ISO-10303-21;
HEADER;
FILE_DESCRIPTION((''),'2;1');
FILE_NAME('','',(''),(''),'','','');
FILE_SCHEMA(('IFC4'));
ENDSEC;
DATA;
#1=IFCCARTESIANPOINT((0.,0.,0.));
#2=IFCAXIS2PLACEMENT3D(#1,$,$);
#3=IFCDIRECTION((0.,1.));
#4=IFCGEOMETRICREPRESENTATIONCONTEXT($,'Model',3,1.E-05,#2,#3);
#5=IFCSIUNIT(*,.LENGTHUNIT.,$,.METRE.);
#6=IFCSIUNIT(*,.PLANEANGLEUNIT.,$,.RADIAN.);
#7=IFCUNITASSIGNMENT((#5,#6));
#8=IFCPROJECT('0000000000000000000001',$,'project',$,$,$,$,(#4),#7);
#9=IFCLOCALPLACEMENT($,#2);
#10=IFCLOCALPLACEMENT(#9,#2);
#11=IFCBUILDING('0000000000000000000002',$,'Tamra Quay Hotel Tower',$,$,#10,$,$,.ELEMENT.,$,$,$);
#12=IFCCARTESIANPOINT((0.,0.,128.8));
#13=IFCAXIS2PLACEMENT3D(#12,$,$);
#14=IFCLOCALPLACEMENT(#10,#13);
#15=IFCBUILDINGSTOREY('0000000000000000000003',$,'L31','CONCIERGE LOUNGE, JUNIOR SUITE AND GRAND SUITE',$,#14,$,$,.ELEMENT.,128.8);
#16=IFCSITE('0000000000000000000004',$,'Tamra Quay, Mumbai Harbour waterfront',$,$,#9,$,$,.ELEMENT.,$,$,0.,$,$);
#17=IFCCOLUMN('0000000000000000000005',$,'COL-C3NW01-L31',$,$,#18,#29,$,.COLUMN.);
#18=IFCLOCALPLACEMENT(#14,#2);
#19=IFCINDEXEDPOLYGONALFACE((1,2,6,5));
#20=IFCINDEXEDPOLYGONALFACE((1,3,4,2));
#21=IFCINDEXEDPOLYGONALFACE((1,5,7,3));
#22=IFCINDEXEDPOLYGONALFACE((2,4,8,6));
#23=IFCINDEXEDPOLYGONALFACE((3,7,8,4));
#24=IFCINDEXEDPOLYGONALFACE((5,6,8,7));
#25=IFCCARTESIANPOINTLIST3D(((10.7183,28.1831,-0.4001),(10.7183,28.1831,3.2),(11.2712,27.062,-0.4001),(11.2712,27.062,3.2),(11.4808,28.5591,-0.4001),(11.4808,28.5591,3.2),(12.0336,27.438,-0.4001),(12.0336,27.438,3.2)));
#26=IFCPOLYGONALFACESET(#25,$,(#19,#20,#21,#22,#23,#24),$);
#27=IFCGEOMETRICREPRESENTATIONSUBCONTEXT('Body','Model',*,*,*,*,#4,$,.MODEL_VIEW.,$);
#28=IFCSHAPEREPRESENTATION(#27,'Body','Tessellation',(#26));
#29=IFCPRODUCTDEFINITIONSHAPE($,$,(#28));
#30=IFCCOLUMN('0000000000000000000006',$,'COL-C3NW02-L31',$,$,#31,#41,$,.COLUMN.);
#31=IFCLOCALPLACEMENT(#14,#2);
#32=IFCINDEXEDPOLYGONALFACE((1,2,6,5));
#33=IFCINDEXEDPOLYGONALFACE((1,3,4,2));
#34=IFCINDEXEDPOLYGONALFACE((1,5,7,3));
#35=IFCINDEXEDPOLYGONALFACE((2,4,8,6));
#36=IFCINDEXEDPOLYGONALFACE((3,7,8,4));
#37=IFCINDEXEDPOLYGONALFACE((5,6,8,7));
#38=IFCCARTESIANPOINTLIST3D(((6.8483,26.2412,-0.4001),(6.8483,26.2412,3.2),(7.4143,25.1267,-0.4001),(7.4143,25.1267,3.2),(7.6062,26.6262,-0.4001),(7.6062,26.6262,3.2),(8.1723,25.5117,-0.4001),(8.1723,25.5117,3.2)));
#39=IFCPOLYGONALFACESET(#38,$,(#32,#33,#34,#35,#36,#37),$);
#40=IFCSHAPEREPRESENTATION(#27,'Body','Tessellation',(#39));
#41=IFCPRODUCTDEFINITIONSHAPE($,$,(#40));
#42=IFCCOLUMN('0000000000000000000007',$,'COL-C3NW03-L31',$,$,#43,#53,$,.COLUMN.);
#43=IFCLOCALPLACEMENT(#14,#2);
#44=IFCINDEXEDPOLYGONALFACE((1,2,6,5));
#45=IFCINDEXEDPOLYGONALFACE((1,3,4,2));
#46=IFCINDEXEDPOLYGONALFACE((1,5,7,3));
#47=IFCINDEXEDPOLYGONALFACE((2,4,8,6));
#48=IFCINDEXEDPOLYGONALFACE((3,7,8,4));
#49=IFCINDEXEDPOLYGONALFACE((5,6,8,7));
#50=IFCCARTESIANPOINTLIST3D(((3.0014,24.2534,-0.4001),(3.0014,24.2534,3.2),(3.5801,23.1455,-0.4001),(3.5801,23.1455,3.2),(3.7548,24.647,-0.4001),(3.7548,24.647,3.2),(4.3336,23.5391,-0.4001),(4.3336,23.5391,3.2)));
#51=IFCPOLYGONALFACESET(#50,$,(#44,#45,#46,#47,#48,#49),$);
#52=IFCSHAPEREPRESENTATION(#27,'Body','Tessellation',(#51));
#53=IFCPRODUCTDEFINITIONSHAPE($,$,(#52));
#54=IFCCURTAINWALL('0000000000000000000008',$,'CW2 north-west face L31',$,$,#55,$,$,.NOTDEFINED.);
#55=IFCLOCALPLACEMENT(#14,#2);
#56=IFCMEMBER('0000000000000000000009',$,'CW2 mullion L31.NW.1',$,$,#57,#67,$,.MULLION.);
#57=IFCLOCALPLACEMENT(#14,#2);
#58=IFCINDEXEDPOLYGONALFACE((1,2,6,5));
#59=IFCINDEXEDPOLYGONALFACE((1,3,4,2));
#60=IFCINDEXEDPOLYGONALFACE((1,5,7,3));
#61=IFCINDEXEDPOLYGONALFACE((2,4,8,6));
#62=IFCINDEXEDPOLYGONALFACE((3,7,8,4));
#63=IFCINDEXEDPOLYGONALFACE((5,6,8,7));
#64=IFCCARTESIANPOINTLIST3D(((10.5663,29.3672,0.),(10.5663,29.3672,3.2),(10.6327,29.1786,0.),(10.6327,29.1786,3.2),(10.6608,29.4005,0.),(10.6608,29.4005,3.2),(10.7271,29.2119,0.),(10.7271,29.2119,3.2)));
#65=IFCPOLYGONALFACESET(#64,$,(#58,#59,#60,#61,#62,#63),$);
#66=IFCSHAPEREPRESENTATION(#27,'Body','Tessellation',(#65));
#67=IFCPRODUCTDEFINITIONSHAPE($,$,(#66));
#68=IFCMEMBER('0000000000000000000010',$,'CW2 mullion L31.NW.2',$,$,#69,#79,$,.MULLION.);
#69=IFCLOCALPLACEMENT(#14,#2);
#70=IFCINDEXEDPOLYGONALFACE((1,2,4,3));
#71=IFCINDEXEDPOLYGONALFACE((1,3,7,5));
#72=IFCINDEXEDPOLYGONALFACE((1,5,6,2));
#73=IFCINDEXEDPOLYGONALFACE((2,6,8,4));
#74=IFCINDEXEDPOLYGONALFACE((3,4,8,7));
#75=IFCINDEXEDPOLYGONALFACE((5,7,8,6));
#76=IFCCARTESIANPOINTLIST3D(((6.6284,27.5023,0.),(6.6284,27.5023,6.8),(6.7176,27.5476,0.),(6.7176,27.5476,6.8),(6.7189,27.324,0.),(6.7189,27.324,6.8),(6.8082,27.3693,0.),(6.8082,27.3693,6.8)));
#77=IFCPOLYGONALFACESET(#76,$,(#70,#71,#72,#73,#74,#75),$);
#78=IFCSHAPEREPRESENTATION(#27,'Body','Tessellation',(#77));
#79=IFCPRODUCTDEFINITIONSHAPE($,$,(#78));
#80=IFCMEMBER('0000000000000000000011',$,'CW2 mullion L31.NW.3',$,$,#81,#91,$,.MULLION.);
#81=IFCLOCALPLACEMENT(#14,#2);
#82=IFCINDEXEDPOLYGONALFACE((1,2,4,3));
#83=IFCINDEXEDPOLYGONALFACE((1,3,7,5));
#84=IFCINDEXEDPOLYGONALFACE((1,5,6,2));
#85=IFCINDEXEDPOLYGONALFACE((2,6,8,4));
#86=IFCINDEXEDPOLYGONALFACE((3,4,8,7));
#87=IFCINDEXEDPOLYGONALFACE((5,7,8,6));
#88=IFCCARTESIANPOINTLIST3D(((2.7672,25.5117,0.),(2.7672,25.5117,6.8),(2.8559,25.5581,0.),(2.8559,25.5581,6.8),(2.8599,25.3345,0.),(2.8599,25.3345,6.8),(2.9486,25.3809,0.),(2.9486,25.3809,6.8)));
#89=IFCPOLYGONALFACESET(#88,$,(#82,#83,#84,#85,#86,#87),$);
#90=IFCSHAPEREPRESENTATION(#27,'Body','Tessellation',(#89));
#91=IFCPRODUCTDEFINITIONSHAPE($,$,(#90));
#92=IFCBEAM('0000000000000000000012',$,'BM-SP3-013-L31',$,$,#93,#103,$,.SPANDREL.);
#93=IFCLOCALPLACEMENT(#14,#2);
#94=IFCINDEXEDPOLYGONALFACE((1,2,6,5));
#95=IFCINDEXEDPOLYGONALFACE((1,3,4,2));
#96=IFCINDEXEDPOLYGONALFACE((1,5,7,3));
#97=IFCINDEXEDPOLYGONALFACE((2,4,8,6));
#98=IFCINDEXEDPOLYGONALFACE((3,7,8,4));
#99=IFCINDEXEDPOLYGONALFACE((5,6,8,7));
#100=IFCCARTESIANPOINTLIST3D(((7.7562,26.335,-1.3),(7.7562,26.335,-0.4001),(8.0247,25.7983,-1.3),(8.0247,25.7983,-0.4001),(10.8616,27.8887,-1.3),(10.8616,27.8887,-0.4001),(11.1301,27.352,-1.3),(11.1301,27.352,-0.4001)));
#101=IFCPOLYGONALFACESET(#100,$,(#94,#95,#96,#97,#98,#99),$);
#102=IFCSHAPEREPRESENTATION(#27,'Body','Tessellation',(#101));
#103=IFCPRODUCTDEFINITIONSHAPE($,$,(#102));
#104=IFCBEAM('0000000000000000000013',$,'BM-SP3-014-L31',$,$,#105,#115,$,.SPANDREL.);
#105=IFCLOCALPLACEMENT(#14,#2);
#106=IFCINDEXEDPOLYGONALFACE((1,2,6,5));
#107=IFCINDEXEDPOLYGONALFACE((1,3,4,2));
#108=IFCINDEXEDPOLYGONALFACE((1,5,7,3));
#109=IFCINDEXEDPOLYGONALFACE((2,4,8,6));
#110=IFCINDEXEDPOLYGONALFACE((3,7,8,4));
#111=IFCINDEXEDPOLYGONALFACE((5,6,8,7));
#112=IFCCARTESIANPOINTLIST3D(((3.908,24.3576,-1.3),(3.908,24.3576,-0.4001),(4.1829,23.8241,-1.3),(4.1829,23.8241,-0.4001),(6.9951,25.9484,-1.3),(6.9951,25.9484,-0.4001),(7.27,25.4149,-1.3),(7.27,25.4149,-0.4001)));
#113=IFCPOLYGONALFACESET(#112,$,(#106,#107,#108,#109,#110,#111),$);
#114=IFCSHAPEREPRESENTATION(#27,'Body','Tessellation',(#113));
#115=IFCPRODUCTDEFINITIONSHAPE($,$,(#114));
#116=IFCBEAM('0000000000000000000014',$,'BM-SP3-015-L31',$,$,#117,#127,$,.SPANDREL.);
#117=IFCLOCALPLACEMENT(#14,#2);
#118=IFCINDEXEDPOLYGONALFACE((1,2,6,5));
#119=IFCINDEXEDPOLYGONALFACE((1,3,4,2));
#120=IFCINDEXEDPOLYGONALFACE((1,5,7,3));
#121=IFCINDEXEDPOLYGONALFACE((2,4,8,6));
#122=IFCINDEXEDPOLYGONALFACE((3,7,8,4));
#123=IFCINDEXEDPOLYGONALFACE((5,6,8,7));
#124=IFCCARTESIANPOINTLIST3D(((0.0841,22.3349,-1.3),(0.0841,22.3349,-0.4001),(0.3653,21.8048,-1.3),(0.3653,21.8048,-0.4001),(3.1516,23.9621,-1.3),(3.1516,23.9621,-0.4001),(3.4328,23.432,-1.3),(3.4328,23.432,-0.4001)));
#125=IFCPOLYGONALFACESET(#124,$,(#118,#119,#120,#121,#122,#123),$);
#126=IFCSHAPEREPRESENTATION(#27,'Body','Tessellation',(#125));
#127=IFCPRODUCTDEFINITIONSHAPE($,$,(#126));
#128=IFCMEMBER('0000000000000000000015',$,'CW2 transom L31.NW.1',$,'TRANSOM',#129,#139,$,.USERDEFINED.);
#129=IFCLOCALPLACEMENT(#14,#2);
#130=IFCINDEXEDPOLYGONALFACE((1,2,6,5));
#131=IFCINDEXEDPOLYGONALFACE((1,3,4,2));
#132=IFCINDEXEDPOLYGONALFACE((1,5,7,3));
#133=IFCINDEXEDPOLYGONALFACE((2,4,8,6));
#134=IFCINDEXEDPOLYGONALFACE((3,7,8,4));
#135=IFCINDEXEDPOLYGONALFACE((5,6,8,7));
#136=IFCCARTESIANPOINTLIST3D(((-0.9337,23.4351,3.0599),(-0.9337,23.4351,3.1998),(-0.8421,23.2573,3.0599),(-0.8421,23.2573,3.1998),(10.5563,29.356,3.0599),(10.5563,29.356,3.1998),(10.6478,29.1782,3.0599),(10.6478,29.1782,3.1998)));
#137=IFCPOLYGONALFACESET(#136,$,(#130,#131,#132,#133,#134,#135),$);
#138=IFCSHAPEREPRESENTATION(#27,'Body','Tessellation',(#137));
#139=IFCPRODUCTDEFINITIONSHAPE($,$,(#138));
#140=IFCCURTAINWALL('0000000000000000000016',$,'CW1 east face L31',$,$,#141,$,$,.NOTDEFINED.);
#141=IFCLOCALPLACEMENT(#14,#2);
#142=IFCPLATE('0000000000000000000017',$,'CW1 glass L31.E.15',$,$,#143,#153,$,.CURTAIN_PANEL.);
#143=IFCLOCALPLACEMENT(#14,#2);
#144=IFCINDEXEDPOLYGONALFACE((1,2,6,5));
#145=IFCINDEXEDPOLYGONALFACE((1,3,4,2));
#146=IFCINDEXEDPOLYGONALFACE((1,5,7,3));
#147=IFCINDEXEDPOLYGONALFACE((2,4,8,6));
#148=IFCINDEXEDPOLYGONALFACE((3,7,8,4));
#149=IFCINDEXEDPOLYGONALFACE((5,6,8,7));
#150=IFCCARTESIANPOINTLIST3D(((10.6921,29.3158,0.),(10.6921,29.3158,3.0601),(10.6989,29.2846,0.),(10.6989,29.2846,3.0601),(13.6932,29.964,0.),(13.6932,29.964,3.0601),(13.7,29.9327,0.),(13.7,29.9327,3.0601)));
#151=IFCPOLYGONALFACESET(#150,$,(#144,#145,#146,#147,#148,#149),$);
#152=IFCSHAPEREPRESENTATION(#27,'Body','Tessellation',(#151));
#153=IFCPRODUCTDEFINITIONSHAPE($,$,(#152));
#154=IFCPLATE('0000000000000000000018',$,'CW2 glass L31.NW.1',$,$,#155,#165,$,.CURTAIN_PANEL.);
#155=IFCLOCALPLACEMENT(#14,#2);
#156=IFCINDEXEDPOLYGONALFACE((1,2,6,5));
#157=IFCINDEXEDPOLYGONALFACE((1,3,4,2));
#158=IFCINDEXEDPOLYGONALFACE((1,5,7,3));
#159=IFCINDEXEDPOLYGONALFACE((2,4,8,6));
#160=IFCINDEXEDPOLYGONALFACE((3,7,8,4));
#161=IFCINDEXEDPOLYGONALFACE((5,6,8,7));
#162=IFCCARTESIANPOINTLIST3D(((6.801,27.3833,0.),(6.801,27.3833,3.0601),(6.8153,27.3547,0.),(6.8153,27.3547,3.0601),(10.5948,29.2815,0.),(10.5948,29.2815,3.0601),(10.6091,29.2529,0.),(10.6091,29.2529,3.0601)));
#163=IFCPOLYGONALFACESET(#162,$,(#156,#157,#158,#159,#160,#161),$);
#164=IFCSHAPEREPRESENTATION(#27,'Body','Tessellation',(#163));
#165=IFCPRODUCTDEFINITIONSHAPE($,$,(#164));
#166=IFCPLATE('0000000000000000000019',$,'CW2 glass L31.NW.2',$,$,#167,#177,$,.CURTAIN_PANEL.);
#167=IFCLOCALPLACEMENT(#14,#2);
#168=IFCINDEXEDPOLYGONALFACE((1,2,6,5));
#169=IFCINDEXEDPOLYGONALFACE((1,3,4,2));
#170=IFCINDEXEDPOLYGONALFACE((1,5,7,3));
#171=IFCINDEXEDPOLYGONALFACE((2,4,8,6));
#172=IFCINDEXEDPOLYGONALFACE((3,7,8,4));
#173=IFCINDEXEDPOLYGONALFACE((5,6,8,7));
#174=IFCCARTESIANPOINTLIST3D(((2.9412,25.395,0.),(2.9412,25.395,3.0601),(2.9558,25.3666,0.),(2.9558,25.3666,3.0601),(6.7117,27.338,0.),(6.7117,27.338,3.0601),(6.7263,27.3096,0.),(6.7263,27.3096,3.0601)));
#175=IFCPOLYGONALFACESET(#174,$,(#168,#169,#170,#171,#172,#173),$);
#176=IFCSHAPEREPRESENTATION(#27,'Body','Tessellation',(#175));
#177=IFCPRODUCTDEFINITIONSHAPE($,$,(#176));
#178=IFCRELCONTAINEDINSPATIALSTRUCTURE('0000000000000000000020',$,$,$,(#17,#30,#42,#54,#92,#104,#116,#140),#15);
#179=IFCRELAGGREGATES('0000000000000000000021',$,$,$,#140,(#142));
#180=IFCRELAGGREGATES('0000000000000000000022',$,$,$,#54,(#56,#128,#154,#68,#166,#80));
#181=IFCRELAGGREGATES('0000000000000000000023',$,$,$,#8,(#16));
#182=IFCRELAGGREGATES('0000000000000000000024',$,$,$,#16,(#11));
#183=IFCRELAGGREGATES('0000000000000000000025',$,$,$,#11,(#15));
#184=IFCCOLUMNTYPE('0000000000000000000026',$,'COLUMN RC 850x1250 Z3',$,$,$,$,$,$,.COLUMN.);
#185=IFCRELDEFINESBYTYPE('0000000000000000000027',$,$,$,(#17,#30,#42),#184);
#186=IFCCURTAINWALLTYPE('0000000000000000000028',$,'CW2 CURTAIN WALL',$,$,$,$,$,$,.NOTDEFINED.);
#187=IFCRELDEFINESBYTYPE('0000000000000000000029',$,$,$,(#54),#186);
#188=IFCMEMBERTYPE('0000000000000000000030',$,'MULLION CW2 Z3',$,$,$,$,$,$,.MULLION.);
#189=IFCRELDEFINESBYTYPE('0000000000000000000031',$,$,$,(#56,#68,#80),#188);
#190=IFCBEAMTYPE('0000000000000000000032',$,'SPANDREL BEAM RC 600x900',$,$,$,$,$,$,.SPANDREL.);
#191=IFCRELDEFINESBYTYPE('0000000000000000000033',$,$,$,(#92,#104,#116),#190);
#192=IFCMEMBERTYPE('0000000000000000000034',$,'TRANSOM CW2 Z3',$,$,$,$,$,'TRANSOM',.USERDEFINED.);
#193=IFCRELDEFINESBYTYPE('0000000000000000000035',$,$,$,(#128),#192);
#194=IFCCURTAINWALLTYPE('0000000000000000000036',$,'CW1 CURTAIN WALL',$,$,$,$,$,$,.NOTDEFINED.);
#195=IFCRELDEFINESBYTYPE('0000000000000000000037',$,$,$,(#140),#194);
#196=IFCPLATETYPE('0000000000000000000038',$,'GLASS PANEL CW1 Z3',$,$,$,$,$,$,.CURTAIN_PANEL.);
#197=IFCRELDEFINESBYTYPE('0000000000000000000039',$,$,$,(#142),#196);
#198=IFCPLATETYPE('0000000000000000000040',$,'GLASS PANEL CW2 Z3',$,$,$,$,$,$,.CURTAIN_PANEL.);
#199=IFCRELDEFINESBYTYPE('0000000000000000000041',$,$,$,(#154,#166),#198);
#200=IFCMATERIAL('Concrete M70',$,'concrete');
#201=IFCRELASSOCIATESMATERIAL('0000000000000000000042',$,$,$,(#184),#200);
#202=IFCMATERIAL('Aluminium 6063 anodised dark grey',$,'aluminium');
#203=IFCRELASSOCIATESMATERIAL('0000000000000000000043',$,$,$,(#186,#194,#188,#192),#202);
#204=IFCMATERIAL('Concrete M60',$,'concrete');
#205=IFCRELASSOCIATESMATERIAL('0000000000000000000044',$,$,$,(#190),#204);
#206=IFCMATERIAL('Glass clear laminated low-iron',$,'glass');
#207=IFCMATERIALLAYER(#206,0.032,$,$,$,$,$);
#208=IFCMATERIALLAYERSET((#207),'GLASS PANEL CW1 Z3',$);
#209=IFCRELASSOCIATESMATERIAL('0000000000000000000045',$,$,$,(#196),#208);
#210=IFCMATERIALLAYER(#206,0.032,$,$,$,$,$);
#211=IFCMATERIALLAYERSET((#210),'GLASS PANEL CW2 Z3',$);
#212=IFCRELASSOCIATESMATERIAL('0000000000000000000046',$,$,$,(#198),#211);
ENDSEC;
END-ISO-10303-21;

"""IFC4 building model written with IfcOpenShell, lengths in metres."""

from ifc_helpers import new_model, si_unit, direction, frame, origin, origin_2d, place, context, subcontext, project, spatial, rectangle, extrude, material, layer, layer_set, material_profile, profile_set, type_object, element, aggregate, save


model = new_model("IFC4")

# Units and contexts
model_context = context("Model", 3, precision=1e-05, world=origin(), true_north=direction((0.0, 1.0)))
body_context = subcontext(model_context, "Body", "Model", "MODEL_VIEW")
ifc_project = project(units=[si_unit("LENGTHUNIT", "METRE"), si_unit("PLANEANGLEUNIT", "RADIAN")], contexts=[model_context])

# Site, building, storey
site_placement = place(None, origin())
site = spatial("IfcSite", under=ifc_project, at=site_placement, Name="Tamra Quay, Mumbai Harbour waterfront", CompositionType="ELEMENT", RefElevation=0.0)
building_placement = place(site_placement, origin())
building = spatial("IfcBuilding", under=site, at=building_placement, Name="Tamra Quay Hotel Tower", CompositionType="ELEMENT")
storey_placement = place(building_placement, frame((0.0, 0.0, 128.8)))
storey = spatial("IfcBuildingStorey", under=building, at=storey_placement, Name="L31", Description="CONCIERGE LOUNGE, JUNIOR SUITE AND GRAND SUITE", CompositionType="ELEMENT", Elevation=128.8)

# Columns
ifc_material_1 = material(Name="Concrete M70", Category="concrete")
ifc_material_profile_1 = material_profile(ifc_material_1, rectangle(XDim=1.25, YDim=0.8501, at=origin_2d()), Name="COLUMN RC 850x1250 Z3")
ifc_profile_set_1 = profile_set([ifc_material_profile_1], Name="Concrete M70")
column_type = type_object("IfcColumnType", Name="COLUMN RC 850x1250 Z3", PredefinedType="COLUMN", material=ifc_profile_set_1)
for number, where, z_axis, x_axis, name in (
    (1, (11.376, 27.8105, -0.4001), (0.0, 0.0, 1.0), (-0.442275, 0.89688, 0.0), "COL-C3NW01-L31"),
    (2, (7.5103, 25.8765, -0.4001), (0.0, 0.0, 1.0), (-0.45286, 0.891582, 0.0), "COL-C3NW02-L31"),
    (3, (3.6675, 23.8962, -0.4001), (0.0, 0.0, 1.0), (-0.463007, 0.886355, 0.0), "COL-C3NW03-L31"),
):
    element("IfcColumn", number, at=place(storey_placement, frame(where, z_axis=z_axis, x_axis=x_axis)), inside=storey, type_object=column_type, Name=name, PredefinedType="COLUMN", context=body_context, shape_type="SweptSolid", body=[
        extrude(rectangle(XDim=1.25, YDim=0.8501, at=origin_2d()), origin(), (0.0, 0.0, 1.0), 3.6001),
    ])

# Curtain wall, members
ifc_material_2 = material(Name="Aluminium 6063 anodised dark grey", Category="aluminium")
curtain_wall_type_1 = type_object("IfcCurtainWallType", Name="CW2 CURTAIN WALL", PredefinedType="NOTDEFINED", material=ifc_material_2)
curtain_wall_1_placement = place(storey_placement, origin())
curtain_wall_1 = element("IfcCurtainWall", 4, at=curtain_wall_1_placement, inside=storey, type_object=curtain_wall_type_1, Name="CW2 north-west face L31", PredefinedType="NOTDEFINED")
ifc_material_profile_2 = material_profile(ifc_material_2, rectangle(XDim=0.2, YDim=0.1001, at=origin_2d()), Name="MULLION 100X200")
ifc_profile_set_2 = profile_set([ifc_material_profile_2], Name="Aluminium 6063 anodised dark grey")
member_type_1 = type_object("IfcMemberType", Name="MULLION CW2 Z3", PredefinedType="MULLION", material=ifc_profile_set_2)
member_1_placement = place(storey_placement, frame((10.6467, 29.2896, 0.0), z_axis=(0.0, 0.0, 1.0), x_axis=(-0.331894, 0.943317, 0.0)))
member_1 = element("IfcMember", 5, at=member_1_placement, type_object=member_type_1, Name="CW2 mullion L31.NW.1", PredefinedType="MULLION", context=body_context, shape_type="SweptSolid", body=[
    extrude(rectangle(XDim=0.2, YDim=0.1001, at=origin_2d()), origin(), (0.0, 0.0, 1.0), 3.2),
])
member_2_placement = place(storey_placement, frame((6.7183, 27.4358, 0.0), z_axis=(0.0, 0.0, 1.0), x_axis=(-0.452777, 0.891624, 0.0)))
member_2 = element("IfcMember", 6, at=member_2_placement, type_object=member_type_1, Name="CW2 mullion L31.NW.2", PredefinedType="MULLION", context=body_context, shape_type="SweptSolid", body=[
    extrude(rectangle(XDim=0.2, YDim=0.1001, at=origin_2d()), origin(), (0.0, 0.0, 1.0), 6.8),
])
member_3_placement = place(storey_placement, frame((2.8579, 25.4463, 0.0), z_axis=(0.0, 0.0, 1.0), x_axis=(-0.463366, 0.886167, 0.0)))
member_3 = element("IfcMember", 7, at=member_3_placement, type_object=member_type_1, Name="CW2 mullion L31.NW.3", PredefinedType="MULLION", context=body_context, shape_type="SweptSolid", body=[
    extrude(rectangle(XDim=0.2, YDim=0.1001, at=origin_2d()), origin(), (0.0, 0.0, 1.0), 6.8),
])

# Beams
ifc_material_3 = material(Name="Concrete M60", Category="concrete")
ifc_material_profile_3 = material_profile(ifc_material_3, rectangle(XDim=0.6001, YDim=0.8999, at=origin_2d()), Name="SPANDREL BEAM RC 600x900")
ifc_profile_set_3 = profile_set([ifc_material_profile_3], Name="Concrete M60")
beam_type = type_object("IfcBeamType", Name="SPANDREL BEAM RC 600x900", PredefinedType="SPANDREL", material=ifc_profile_set_3)
beam_1_placement = place(storey_placement, frame((10.9958, 27.6204, -0.8501), z_axis=(-0.894315, -0.447439, 0.0), x_axis=(0.447439, -0.894315, 0.0)))
element("IfcBeam", 8, at=beam_1_placement, inside=storey, type_object=beam_type, Name="BM-SP3-013-L31", PredefinedType="SPANDREL", context=body_context, shape_type="SweptSolid", body=[
    extrude(rectangle(XDim=0.6001, YDim=0.8999, at=origin_2d()), origin(), (0.0, 0.0, 1.0), 3.4724),
])
beam_2_placement = place(storey_placement, frame((7.1326, 25.6816, -0.8501), z_axis=(-0.88892, -0.458063, 0.0), x_axis=(0.458063, -0.88892, 0.0)))
element("IfcBeam", 9, at=beam_2_placement, inside=storey, type_object=beam_type, Name="BM-SP3-014-L31", PredefinedType="SPANDREL", context=body_context, shape_type="SweptSolid", body=[
    extrude(rectangle(XDim=0.6001, YDim=0.8999, at=origin_2d()), origin(), (0.0, 0.0, 1.0), 3.4729),
])
beam_3_placement = place(storey_placement, frame((3.2922, 23.697, -0.8501), z_axis=(-0.883411, -0.468598, 0.0), x_axis=(0.468598, -0.883411, 0.0)))
element("IfcBeam", 10, at=beam_3_placement, inside=storey, type_object=beam_type, Name="BM-SP3-015-L31", PredefinedType="SPANDREL", context=body_context, shape_type="SweptSolid", body=[
    extrude(rectangle(XDim=0.6001, YDim=0.8999, at=origin_2d()), origin(), (0.0, 0.0, 1.0), 3.4724),
])

# Member
ifc_material_profile_4 = material_profile(ifc_material_2, rectangle(XDim=0.2, YDim=0.1399, at=origin_2d()), Name="TRANSOM 200X140")
ifc_profile_set_4 = profile_set([ifc_material_profile_4], Name="Aluminium 6063 anodised dark grey")
member_type_2 = type_object("IfcMemberType", Name="TRANSOM CW2 Z3", ElementType="TRANSOM", PredefinedType="USERDEFINED", material=ifc_profile_set_4)
member_4_placement = place(storey_placement, frame((10.6021, 29.2671, 3.1299), z_axis=(-0.888917, -0.458067, 0.0), x_axis=(0.458067, -0.888917, 0.0)))
member_4 = element("IfcMember", 11, at=member_4_placement, type_object=member_type_2, Name="CW2 transom L31.NW.1", ObjectType="TRANSOM", PredefinedType="USERDEFINED", context=body_context, shape_type="SweptSolid", body=[
    extrude(rectangle(XDim=0.2, YDim=0.1399, at=origin_2d()), origin(), (0.0, 0.0, 1.0), 12.9258),
])

# Curtain wall, plate
curtain_wall_type_2 = type_object("IfcCurtainWallType", Name="CW1 CURTAIN WALL", PredefinedType="NOTDEFINED", material=ifc_material_2)
curtain_wall_2_placement = place(storey_placement, origin())
curtain_wall_2 = element("IfcCurtainWall", 12, at=curtain_wall_2_placement, inside=storey, type_object=curtain_wall_type_2, Name="CW1 east face L31", PredefinedType="NOTDEFINED")
ifc_material_4 = material(Name="Glass clear laminated low-iron", Category="glass")
ifc_layer_1 = layer(ifc_material_4, 0.032)
ifc_layer_set_1 = layer_set([ifc_layer_1], Name="GLASS PANEL CW1 Z3")
plate_type_1 = type_object("IfcPlateType", Name="GLASS PANEL CW1 Z3", PredefinedType="CURTAIN_PANEL", material=ifc_layer_set_1)
plate_1_placement = place(storey_placement, frame((12.196, 29.6243, 0.0), z_axis=(0.0, 0.0, 1.0), x_axis=(-0.977465, -0.211099, 0.0)))
plate_1 = element("IfcPlate", 13, at=plate_1_placement, type_object=plate_type_1, Name="CW1 glass L31.E.15", PredefinedType="CURTAIN_PANEL", context=body_context, shape_type="SweptSolid", body=[
    extrude(rectangle(XDim=3.0703, YDim=0.032, at=origin_2d()), origin(), (0.0, 0.0, 1.0), 3.0601),
])
aggregate(curtain_wall_2, [plate_1])

# Plates
ifc_layer_2 = layer(ifc_material_4, 0.032)
ifc_layer_set_2 = layer_set([ifc_layer_2], Name="GLASS PANEL CW2 Z3")
plate_type_2 = type_object("IfcPlateType", Name="GLASS PANEL CW2 Z3", PredefinedType="CURTAIN_PANEL", material=ifc_layer_set_2)
plate_2_placement = place(storey_placement, frame((8.7051, 28.3181, 0.0), z_axis=(0.0, 0.0, 1.0), x_axis=(-0.894305, -0.447459, 0.0)))
plate_2 = element("IfcPlate", 14, at=plate_2_placement, type_object=plate_type_2, Name="CW2 glass L31.NW.1", PredefinedType="CURTAIN_PANEL", context=body_context, shape_type="SweptSolid", body=[
    extrude(rectangle(XDim=4.2422, YDim=0.032, at=origin_2d()), origin(), (0.0, 0.0, 1.0), 3.0601),
])
plate_3_placement = place(storey_placement, frame((4.8337, 26.3523, 0.0), z_axis=(0.0, 0.0, 1.0), x_axis=(-0.888911, -0.45808, 0.0)))
plate_3 = element("IfcPlate", 15, at=plate_3_placement, type_object=plate_type_2, Name="CW2 glass L31.NW.2", PredefinedType="CURTAIN_PANEL", context=body_context, shape_type="SweptSolid", body=[
    extrude(rectangle(XDim=4.2417, YDim=0.032, at=origin_2d()), origin(), (0.0, 0.0, 1.0), 3.0601),
])
aggregate(curtain_wall_1, [member_1, member_4, plate_2, member_2, plate_3, member_3])

save(model, "model.ifc")
